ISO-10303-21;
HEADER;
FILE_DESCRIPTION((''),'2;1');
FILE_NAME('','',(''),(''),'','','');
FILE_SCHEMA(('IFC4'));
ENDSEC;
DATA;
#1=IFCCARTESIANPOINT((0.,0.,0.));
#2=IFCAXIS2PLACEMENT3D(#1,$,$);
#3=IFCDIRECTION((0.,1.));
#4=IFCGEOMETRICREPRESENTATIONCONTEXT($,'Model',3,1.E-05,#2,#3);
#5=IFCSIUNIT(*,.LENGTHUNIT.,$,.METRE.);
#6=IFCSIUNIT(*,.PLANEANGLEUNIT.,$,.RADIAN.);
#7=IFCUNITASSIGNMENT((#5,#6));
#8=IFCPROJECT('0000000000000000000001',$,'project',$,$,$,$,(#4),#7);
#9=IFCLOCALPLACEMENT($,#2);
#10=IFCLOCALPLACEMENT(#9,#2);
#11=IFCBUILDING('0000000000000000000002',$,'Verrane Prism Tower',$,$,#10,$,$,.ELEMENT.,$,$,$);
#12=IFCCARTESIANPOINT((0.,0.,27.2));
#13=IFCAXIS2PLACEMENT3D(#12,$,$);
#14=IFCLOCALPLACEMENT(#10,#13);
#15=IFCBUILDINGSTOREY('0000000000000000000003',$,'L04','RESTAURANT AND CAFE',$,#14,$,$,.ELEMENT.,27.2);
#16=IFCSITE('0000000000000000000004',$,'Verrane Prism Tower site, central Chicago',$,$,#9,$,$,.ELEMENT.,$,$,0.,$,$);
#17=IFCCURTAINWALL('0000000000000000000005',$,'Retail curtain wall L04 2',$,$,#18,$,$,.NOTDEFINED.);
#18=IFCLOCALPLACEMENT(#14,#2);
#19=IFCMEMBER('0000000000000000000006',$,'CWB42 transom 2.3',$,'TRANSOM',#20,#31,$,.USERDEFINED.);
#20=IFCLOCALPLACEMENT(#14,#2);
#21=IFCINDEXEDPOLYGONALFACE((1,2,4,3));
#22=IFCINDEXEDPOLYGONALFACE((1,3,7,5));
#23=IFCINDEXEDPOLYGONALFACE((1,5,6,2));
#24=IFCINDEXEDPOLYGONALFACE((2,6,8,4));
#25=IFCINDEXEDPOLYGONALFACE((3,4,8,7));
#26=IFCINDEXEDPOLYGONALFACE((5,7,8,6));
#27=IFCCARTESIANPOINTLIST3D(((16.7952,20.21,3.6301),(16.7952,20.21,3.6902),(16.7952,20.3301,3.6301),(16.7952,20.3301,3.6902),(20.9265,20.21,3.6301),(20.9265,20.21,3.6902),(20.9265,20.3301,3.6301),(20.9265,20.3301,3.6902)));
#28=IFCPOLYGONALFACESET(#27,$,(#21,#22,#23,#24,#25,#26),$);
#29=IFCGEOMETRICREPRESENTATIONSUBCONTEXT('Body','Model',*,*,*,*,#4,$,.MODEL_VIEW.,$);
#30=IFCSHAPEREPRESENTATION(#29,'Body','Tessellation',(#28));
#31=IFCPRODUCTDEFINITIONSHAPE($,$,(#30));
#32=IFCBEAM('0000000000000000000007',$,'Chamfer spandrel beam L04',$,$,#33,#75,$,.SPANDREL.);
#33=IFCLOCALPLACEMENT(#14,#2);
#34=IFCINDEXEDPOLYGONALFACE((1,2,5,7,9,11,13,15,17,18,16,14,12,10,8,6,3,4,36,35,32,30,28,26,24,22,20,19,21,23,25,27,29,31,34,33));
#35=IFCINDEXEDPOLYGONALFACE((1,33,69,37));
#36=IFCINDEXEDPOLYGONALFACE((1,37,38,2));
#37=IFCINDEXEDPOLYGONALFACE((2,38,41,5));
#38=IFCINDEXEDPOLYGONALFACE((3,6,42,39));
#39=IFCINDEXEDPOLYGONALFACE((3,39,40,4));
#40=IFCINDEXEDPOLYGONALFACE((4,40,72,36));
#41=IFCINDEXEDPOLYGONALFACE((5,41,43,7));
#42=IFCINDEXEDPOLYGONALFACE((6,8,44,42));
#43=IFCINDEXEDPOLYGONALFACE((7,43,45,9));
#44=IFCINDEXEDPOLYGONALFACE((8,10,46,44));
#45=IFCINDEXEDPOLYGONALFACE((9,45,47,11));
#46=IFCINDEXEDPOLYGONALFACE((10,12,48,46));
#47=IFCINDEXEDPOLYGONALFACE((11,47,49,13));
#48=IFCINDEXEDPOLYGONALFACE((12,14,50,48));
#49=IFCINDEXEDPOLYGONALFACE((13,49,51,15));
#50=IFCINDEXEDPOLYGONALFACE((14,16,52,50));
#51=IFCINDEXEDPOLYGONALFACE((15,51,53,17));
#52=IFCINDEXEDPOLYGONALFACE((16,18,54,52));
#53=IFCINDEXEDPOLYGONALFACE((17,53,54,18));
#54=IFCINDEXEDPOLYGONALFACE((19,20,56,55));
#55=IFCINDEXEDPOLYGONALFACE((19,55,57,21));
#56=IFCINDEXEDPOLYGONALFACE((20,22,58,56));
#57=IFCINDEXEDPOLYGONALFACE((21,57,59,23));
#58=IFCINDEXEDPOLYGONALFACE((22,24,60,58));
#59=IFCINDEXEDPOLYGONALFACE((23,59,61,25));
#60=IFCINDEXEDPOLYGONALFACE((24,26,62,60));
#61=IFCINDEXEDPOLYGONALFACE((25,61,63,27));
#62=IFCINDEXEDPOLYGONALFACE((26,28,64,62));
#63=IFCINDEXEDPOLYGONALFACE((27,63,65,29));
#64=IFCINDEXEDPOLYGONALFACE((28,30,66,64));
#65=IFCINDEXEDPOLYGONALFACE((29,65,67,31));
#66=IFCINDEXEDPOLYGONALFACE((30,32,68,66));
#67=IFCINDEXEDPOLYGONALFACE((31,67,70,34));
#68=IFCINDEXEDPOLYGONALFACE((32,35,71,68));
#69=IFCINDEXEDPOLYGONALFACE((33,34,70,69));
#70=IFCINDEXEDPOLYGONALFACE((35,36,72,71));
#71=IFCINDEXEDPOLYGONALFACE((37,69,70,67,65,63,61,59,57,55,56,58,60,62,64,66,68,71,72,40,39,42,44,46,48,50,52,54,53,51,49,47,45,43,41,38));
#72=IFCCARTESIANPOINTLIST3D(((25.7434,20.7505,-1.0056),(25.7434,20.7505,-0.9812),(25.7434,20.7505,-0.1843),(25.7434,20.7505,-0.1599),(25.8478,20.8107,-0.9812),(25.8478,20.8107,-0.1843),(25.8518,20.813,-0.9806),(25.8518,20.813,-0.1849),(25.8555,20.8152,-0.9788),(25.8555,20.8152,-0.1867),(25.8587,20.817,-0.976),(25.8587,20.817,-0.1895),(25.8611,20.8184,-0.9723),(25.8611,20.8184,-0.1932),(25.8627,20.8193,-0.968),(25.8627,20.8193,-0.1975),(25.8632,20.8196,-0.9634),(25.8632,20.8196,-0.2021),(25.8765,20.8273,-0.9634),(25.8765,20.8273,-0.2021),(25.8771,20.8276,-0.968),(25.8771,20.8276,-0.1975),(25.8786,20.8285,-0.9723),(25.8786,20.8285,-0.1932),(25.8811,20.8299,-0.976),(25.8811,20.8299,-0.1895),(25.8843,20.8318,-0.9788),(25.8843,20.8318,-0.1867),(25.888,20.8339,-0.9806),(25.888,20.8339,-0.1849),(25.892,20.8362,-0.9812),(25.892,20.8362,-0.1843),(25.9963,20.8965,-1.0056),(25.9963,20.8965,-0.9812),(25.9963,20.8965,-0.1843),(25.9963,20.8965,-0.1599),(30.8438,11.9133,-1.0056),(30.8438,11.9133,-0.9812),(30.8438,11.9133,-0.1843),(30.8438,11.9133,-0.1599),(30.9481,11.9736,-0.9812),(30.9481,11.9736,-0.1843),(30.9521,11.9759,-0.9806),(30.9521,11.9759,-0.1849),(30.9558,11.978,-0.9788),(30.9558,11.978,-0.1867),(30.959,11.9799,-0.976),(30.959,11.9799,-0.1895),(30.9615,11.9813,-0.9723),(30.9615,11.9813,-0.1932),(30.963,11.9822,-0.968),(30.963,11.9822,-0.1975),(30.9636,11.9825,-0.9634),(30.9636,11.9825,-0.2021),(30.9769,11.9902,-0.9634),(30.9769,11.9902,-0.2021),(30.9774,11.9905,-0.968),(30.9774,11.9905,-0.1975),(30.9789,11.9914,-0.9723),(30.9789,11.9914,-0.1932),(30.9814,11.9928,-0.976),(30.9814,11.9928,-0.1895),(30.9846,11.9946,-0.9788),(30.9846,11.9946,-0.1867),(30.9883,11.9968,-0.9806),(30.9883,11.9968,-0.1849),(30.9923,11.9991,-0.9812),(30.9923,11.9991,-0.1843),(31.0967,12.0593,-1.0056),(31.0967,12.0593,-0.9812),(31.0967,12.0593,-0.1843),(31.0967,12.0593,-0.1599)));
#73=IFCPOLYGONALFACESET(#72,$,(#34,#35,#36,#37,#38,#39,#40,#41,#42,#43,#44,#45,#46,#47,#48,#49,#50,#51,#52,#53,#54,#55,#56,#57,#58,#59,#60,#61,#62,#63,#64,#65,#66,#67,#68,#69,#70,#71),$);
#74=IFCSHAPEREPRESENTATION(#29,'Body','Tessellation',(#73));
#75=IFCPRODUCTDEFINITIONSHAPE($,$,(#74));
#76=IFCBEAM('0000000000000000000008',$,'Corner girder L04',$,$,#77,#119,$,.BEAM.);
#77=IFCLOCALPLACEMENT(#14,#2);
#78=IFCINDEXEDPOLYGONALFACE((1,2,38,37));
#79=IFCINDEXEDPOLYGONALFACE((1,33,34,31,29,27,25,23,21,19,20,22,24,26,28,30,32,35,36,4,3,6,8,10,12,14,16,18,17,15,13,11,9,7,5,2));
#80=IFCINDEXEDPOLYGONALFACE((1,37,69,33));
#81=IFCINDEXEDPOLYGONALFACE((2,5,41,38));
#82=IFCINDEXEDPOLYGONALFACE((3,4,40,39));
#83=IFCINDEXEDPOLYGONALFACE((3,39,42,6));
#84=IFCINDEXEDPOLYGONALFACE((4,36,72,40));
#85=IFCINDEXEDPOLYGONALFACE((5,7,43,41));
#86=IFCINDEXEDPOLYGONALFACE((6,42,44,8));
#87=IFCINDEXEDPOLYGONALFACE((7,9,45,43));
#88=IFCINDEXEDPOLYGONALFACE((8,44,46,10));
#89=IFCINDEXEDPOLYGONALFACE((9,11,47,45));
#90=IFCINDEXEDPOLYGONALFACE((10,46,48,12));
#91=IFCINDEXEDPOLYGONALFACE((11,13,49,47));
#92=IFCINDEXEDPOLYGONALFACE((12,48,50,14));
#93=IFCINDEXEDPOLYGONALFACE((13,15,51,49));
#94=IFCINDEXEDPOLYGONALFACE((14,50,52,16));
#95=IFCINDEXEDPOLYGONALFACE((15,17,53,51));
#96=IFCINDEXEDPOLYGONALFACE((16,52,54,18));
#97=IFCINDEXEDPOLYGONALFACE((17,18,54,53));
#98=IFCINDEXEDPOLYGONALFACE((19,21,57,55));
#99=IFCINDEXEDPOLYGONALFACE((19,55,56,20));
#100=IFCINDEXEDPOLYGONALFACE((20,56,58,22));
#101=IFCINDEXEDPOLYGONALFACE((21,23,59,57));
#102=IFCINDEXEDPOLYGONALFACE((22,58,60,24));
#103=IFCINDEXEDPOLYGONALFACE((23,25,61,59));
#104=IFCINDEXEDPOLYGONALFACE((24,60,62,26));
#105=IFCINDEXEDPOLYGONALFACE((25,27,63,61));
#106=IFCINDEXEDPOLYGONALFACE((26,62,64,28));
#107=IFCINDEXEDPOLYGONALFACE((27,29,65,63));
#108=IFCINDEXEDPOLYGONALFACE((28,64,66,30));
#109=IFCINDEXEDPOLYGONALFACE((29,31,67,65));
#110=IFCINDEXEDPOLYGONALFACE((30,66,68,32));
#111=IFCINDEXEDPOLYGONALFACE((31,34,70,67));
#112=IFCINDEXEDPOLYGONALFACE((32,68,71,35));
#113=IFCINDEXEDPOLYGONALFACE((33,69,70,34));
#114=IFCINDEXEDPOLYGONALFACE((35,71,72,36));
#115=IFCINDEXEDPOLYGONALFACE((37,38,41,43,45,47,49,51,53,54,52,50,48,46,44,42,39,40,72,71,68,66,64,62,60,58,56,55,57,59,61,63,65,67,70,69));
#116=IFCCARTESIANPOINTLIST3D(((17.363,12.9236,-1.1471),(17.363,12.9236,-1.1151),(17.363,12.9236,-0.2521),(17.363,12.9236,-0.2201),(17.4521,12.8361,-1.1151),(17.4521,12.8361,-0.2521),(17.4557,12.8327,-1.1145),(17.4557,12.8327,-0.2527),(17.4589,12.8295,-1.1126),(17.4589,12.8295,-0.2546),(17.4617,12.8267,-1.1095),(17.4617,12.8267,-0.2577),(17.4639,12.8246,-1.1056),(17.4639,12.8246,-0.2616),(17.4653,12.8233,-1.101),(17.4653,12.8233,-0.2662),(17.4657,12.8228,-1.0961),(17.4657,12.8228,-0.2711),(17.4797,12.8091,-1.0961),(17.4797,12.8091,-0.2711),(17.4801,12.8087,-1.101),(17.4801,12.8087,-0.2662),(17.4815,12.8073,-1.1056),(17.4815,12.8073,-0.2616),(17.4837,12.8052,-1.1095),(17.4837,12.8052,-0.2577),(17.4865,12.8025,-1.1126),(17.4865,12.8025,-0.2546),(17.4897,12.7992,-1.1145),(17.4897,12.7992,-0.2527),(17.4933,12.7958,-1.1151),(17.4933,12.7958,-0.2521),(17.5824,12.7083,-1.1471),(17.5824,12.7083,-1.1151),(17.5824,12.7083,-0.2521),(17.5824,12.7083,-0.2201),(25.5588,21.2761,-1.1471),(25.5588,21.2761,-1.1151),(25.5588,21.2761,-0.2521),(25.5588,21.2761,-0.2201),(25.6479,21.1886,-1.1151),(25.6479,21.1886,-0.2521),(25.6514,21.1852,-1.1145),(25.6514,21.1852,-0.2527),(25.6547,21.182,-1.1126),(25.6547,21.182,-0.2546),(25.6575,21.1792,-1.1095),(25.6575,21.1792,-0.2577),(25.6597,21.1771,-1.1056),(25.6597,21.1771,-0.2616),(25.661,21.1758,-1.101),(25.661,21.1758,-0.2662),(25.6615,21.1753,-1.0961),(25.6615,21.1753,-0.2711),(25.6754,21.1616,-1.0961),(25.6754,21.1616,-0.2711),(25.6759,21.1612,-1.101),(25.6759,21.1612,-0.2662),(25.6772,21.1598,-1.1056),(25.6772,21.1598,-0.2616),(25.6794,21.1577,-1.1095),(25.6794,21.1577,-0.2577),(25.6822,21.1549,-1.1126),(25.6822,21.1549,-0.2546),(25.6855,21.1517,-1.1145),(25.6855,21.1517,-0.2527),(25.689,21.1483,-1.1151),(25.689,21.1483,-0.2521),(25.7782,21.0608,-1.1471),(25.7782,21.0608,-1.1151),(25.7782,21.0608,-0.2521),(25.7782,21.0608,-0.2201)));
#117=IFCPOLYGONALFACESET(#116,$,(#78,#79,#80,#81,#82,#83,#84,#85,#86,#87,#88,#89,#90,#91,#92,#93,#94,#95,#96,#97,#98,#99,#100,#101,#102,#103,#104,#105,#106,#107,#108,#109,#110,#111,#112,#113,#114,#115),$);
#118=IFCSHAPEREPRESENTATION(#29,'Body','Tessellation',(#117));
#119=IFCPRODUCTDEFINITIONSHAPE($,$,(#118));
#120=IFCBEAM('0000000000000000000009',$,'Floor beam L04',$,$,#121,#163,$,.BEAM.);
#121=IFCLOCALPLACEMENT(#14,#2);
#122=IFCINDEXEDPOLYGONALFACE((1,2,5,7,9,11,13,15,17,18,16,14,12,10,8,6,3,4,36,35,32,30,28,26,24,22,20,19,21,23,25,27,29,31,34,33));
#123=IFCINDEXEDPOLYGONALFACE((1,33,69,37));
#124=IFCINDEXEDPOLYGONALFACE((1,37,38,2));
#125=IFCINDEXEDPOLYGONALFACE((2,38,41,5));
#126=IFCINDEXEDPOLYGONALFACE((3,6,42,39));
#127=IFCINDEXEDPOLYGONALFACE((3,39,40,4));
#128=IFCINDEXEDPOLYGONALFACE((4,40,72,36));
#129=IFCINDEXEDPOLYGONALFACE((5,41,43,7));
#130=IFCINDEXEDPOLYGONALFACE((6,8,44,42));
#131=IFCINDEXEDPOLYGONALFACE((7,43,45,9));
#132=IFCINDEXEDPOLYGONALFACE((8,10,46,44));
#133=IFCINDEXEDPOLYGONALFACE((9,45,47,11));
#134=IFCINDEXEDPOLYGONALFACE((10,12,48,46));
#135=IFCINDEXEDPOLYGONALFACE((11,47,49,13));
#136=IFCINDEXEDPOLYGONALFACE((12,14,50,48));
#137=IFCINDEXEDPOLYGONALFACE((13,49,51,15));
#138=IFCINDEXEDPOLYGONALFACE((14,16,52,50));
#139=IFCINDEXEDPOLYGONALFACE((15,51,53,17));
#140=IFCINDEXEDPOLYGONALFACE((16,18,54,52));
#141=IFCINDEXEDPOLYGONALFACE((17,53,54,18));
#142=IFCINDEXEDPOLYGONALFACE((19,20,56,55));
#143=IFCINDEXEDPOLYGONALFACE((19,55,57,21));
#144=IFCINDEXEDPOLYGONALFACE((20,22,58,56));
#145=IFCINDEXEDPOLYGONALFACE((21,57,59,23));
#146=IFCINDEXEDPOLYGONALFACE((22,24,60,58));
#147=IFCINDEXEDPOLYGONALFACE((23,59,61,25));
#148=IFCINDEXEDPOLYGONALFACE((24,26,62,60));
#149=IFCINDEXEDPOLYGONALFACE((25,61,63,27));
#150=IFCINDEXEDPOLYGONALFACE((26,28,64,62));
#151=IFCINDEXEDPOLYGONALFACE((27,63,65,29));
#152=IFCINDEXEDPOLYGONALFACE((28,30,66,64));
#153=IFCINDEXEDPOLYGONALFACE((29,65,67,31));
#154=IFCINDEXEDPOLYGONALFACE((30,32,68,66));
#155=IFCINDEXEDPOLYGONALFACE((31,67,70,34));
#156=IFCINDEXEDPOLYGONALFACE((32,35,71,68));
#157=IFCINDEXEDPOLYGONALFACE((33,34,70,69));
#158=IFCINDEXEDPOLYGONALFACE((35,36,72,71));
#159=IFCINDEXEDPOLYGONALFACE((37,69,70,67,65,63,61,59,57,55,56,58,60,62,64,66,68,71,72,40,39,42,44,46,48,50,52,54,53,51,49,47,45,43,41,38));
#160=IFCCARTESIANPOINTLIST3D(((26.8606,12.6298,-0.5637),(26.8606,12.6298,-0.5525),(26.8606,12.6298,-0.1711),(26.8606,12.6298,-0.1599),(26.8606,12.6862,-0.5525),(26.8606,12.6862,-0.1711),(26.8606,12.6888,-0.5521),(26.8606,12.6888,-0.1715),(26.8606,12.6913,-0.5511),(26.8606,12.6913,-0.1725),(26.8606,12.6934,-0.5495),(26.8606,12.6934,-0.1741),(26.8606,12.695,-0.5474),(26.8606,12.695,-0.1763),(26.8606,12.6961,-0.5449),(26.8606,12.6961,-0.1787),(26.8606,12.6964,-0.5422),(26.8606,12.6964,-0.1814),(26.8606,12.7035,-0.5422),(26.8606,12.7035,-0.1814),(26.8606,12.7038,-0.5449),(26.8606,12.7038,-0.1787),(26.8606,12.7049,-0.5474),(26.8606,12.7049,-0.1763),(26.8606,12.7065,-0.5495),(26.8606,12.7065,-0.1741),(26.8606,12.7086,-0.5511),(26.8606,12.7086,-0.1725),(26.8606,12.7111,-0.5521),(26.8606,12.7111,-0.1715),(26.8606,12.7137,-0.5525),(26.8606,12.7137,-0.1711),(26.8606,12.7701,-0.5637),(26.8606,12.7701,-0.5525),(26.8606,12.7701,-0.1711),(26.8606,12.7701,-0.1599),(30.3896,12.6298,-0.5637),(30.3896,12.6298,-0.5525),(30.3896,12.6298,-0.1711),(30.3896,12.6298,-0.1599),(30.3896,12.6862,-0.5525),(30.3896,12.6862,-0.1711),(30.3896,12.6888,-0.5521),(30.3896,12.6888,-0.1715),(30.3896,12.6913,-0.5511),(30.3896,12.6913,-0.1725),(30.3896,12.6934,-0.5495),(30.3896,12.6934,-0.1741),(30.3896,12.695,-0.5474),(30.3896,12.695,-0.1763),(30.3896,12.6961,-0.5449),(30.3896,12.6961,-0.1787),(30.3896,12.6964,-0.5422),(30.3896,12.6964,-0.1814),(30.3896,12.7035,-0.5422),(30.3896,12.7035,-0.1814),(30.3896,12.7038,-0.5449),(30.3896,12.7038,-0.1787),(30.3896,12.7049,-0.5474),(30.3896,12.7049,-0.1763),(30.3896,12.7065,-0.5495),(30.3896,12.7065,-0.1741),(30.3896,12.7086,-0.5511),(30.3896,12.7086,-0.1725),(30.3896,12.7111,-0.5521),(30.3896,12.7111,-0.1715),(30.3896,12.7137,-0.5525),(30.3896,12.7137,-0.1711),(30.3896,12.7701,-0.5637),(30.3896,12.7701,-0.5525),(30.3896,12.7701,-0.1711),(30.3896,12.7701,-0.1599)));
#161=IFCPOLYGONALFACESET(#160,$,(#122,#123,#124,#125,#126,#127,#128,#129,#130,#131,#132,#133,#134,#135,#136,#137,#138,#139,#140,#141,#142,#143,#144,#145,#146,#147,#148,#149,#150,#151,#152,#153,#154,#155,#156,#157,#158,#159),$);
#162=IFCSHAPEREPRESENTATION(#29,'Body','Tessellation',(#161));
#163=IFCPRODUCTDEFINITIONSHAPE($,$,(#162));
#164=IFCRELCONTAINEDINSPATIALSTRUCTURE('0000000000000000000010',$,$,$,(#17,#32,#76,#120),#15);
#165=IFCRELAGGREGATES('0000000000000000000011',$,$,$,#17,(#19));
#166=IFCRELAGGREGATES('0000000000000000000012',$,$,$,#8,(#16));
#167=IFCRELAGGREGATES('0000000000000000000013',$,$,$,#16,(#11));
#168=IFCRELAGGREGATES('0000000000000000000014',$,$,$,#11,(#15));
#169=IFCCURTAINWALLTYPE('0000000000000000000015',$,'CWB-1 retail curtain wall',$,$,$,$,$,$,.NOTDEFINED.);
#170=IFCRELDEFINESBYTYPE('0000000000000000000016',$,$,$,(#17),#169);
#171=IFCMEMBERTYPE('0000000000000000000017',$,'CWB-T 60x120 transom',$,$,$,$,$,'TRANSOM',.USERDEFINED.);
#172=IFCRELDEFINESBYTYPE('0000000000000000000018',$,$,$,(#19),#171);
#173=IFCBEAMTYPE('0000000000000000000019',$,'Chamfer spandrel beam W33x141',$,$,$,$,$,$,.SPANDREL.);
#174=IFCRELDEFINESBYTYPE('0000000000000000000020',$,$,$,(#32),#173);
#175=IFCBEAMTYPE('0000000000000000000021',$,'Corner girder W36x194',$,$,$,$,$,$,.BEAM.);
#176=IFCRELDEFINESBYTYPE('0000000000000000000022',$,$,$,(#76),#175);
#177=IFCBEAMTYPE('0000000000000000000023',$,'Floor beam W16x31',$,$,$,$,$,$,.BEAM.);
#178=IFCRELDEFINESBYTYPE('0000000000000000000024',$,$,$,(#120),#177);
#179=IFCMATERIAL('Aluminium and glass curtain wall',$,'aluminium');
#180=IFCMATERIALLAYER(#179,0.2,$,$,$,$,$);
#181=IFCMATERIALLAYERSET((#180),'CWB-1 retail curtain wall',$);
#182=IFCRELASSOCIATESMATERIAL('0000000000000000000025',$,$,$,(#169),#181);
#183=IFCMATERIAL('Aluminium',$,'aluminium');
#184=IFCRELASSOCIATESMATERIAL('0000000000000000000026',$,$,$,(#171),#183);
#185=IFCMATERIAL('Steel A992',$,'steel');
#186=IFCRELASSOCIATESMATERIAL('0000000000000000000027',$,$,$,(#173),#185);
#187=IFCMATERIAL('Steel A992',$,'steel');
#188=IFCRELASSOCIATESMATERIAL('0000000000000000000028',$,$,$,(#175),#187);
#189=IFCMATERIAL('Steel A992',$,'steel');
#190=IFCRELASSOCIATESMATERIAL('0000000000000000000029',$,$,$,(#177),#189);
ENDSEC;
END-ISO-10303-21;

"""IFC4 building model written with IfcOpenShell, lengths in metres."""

from ifc_helpers import new_model, si_unit, direction, frame, origin, origin_2d, place, context, subcontext, project, spatial, rectangle, i_section, extrude, material, layer, layer_set, material_profile, profile_set, type_object, element, aggregate, save


model = new_model("IFC4")

# Units and contexts
model_context = context("Model", 3, precision=1e-05, world=origin(), true_north=direction((0.0, 1.0)))
body_context = subcontext(model_context, "Body", "Model", "MODEL_VIEW")
ifc_project = project(units=[si_unit("LENGTHUNIT", "METRE"), si_unit("PLANEANGLEUNIT", "RADIAN")], contexts=[model_context])

# Site, building, storey
site_placement = place(None, origin())
site = spatial("IfcSite", under=ifc_project, at=site_placement, Name="Verrane Prism Tower site, central Chicago", CompositionType="ELEMENT", RefElevation=0.0)
building_placement = place(site_placement, origin())
building = spatial("IfcBuilding", under=site, at=building_placement, Name="Verrane Prism Tower", CompositionType="ELEMENT")
storey_placement = place(building_placement, frame((0.0, 0.0, 27.2)))
storey = spatial("IfcBuildingStorey", under=building, at=storey_placement, Name="L04", Description="RESTAURANT AND CAFE", CompositionType="ELEMENT", Elevation=27.2)

# Curtain wall
ifc_material_1 = material(Name="Aluminium and glass curtain wall", Category="aluminium")
ifc_layer_1 = layer(ifc_material_1, 0.2)
ifc_layer_set_1 = layer_set([ifc_layer_1], Name="CWB-1 retail curtain wall")
curtain_wall_type = type_object("IfcCurtainWallType", Name="CWB-1 retail curtain wall", PredefinedType="NOTDEFINED", material=ifc_layer_set_1)
curtain_wall_1_placement = place(storey_placement, origin())
curtain_wall_1 = element("IfcCurtainWall", 1, at=curtain_wall_1_placement, inside=storey, type_object=curtain_wall_type, Name="Retail curtain wall L04 2", PredefinedType="NOTDEFINED")

# Member
ifc_material_2 = material(Name="Aluminium", Category="aluminium")
ifc_material_profile_1 = material_profile(ifc_material_2, rectangle(XDim=0.1201, YDim=0.0601, at=origin_2d()), Name="CWB-T 60x120 transom")
ifc_profile_set_1 = profile_set([ifc_material_profile_1], Name="Aluminium")
member_type_1 = type_object("IfcMemberType", Name="CWB-T 60x120 transom", ElementType="TRANSOM", PredefinedType="USERDEFINED", material=ifc_profile_set_1)
member_1_placement = place(storey_placement, frame((20.9265, 20.27, 3.6602), z_axis=(-1.0, 0.0, 0.0), x_axis=(0.0, -1.0, 0.0)))
member_1 = element("IfcMember", 2, at=member_1_placement, type_object=member_type_1, Name="CWB42 transom 2.3", ObjectType="TRANSOM", PredefinedType="USERDEFINED", context=body_context, shape_type="SweptSolid", body=[
    extrude(rectangle(XDim=0.1201, YDim=0.0601, at=origin_2d()), origin(), (0.0, 0.0, 1.0), 4.1313),
])

# Beams
ifc_material_3 = material(Name="Steel A992", Category="steel")
ifc_material_profile_2 = material_profile(ifc_material_3, i_section(OverallWidth=0.292, OverallDepth=0.8457, WebThickness=0.0154, FlangeThickness=0.0244, FilletRadius=0.0178, at=origin_2d()), Name="W33x141")
ifc_profile_set_2 = profile_set([ifc_material_profile_2], Name="Steel A992")
beam_type_1 = type_object("IfcBeamType", Name="Chamfer spandrel beam W33x141", PredefinedType="SPANDREL", material=ifc_profile_set_2)
beam_1_placement = place(storey_placement, frame((30.9702, 11.9863, -0.5828), z_axis=(-0.499868, 0.866102, 0.0), x_axis=(-0.866102, -0.499868, 0.0)))
element("IfcBeam", 3, at=beam_1_placement, inside=storey, type_object=beam_type_1, Name="Chamfer spandrel beam L04", PredefinedType="SPANDREL", context=body_context, shape_type="SweptSolid", body=[
    extrude(i_section(OverallWidth=0.292, OverallDepth=0.8457, WebThickness=0.0154, FlangeThickness=0.0244, FilletRadius=0.0178, at=origin_2d()), origin(), (0.0, 0.0, 1.0), 10.2034),
])
ifc_material_4 = material(Name="Steel A992", Category="steel")
ifc_material_profile_3 = material_profile(ifc_material_4, i_section(OverallWidth=0.3074, OverallDepth=0.927, WebThickness=0.0195, FlangeThickness=0.032, FilletRadius=0.019, at=origin_2d()), Name="W36x194")
ifc_profile_set_3 = profile_set([ifc_material_profile_3], Name="Steel A992")
beam_type_2 = type_object("IfcBeamType", Name="Corner girder W36x194", PredefinedType="BEAM", material=ifc_profile_set_3)
beam_2_placement = place(storey_placement, frame((25.6685, 21.1685, -0.6836), z_axis=(-0.700378, -0.713772, 0.0), x_axis=(0.713772, -0.700378, 0.0)))
element("IfcBeam", 4, at=beam_2_placement, inside=storey, type_object=beam_type_2, Name="Corner girder L04", PredefinedType="BEAM", context=body_context, shape_type="SweptSolid", body=[
    extrude(i_section(OverallWidth=0.3074, OverallDepth=0.927, WebThickness=0.0195, FlangeThickness=0.032, FilletRadius=0.019, at=origin_2d()), origin(), (0.0, 0.0, 1.0), 11.7019),
])
ifc_material_5 = material(Name="Steel A992", Category="steel")
ifc_material_profile_4 = material_profile(ifc_material_5, i_section(OverallWidth=0.1404, OverallDepth=0.4038, WebThickness=0.0071, FlangeThickness=0.0112, FilletRadius=0.0103, at=origin_2d()), Name="W16x31")
ifc_profile_set_4 = profile_set([ifc_material_profile_4], Name="Steel A992")
beam_type_3 = type_object("IfcBeamType", Name="Floor beam W16x31", PredefinedType="BEAM", material=ifc_profile_set_4)
beam_3_placement = place(storey_placement, frame((26.8606, 12.7, -0.3618), z_axis=(1.0, 0.0, 0.0), x_axis=(0.0, 1.0, 0.0)))
element("IfcBeam", 5, at=beam_3_placement, inside=storey, type_object=beam_type_3, Name="Floor beam L04", PredefinedType="BEAM", context=body_context, shape_type="SweptSolid", body=[
    extrude(i_section(OverallWidth=0.1404, OverallDepth=0.4038, WebThickness=0.0071, FlangeThickness=0.0112, FilletRadius=0.0103, at=origin_2d()), origin(), (0.0, 0.0, 1.0), 3.5291),
])

aggregate(curtain_wall_1, [member_1])

save(model, "model.ifc")
